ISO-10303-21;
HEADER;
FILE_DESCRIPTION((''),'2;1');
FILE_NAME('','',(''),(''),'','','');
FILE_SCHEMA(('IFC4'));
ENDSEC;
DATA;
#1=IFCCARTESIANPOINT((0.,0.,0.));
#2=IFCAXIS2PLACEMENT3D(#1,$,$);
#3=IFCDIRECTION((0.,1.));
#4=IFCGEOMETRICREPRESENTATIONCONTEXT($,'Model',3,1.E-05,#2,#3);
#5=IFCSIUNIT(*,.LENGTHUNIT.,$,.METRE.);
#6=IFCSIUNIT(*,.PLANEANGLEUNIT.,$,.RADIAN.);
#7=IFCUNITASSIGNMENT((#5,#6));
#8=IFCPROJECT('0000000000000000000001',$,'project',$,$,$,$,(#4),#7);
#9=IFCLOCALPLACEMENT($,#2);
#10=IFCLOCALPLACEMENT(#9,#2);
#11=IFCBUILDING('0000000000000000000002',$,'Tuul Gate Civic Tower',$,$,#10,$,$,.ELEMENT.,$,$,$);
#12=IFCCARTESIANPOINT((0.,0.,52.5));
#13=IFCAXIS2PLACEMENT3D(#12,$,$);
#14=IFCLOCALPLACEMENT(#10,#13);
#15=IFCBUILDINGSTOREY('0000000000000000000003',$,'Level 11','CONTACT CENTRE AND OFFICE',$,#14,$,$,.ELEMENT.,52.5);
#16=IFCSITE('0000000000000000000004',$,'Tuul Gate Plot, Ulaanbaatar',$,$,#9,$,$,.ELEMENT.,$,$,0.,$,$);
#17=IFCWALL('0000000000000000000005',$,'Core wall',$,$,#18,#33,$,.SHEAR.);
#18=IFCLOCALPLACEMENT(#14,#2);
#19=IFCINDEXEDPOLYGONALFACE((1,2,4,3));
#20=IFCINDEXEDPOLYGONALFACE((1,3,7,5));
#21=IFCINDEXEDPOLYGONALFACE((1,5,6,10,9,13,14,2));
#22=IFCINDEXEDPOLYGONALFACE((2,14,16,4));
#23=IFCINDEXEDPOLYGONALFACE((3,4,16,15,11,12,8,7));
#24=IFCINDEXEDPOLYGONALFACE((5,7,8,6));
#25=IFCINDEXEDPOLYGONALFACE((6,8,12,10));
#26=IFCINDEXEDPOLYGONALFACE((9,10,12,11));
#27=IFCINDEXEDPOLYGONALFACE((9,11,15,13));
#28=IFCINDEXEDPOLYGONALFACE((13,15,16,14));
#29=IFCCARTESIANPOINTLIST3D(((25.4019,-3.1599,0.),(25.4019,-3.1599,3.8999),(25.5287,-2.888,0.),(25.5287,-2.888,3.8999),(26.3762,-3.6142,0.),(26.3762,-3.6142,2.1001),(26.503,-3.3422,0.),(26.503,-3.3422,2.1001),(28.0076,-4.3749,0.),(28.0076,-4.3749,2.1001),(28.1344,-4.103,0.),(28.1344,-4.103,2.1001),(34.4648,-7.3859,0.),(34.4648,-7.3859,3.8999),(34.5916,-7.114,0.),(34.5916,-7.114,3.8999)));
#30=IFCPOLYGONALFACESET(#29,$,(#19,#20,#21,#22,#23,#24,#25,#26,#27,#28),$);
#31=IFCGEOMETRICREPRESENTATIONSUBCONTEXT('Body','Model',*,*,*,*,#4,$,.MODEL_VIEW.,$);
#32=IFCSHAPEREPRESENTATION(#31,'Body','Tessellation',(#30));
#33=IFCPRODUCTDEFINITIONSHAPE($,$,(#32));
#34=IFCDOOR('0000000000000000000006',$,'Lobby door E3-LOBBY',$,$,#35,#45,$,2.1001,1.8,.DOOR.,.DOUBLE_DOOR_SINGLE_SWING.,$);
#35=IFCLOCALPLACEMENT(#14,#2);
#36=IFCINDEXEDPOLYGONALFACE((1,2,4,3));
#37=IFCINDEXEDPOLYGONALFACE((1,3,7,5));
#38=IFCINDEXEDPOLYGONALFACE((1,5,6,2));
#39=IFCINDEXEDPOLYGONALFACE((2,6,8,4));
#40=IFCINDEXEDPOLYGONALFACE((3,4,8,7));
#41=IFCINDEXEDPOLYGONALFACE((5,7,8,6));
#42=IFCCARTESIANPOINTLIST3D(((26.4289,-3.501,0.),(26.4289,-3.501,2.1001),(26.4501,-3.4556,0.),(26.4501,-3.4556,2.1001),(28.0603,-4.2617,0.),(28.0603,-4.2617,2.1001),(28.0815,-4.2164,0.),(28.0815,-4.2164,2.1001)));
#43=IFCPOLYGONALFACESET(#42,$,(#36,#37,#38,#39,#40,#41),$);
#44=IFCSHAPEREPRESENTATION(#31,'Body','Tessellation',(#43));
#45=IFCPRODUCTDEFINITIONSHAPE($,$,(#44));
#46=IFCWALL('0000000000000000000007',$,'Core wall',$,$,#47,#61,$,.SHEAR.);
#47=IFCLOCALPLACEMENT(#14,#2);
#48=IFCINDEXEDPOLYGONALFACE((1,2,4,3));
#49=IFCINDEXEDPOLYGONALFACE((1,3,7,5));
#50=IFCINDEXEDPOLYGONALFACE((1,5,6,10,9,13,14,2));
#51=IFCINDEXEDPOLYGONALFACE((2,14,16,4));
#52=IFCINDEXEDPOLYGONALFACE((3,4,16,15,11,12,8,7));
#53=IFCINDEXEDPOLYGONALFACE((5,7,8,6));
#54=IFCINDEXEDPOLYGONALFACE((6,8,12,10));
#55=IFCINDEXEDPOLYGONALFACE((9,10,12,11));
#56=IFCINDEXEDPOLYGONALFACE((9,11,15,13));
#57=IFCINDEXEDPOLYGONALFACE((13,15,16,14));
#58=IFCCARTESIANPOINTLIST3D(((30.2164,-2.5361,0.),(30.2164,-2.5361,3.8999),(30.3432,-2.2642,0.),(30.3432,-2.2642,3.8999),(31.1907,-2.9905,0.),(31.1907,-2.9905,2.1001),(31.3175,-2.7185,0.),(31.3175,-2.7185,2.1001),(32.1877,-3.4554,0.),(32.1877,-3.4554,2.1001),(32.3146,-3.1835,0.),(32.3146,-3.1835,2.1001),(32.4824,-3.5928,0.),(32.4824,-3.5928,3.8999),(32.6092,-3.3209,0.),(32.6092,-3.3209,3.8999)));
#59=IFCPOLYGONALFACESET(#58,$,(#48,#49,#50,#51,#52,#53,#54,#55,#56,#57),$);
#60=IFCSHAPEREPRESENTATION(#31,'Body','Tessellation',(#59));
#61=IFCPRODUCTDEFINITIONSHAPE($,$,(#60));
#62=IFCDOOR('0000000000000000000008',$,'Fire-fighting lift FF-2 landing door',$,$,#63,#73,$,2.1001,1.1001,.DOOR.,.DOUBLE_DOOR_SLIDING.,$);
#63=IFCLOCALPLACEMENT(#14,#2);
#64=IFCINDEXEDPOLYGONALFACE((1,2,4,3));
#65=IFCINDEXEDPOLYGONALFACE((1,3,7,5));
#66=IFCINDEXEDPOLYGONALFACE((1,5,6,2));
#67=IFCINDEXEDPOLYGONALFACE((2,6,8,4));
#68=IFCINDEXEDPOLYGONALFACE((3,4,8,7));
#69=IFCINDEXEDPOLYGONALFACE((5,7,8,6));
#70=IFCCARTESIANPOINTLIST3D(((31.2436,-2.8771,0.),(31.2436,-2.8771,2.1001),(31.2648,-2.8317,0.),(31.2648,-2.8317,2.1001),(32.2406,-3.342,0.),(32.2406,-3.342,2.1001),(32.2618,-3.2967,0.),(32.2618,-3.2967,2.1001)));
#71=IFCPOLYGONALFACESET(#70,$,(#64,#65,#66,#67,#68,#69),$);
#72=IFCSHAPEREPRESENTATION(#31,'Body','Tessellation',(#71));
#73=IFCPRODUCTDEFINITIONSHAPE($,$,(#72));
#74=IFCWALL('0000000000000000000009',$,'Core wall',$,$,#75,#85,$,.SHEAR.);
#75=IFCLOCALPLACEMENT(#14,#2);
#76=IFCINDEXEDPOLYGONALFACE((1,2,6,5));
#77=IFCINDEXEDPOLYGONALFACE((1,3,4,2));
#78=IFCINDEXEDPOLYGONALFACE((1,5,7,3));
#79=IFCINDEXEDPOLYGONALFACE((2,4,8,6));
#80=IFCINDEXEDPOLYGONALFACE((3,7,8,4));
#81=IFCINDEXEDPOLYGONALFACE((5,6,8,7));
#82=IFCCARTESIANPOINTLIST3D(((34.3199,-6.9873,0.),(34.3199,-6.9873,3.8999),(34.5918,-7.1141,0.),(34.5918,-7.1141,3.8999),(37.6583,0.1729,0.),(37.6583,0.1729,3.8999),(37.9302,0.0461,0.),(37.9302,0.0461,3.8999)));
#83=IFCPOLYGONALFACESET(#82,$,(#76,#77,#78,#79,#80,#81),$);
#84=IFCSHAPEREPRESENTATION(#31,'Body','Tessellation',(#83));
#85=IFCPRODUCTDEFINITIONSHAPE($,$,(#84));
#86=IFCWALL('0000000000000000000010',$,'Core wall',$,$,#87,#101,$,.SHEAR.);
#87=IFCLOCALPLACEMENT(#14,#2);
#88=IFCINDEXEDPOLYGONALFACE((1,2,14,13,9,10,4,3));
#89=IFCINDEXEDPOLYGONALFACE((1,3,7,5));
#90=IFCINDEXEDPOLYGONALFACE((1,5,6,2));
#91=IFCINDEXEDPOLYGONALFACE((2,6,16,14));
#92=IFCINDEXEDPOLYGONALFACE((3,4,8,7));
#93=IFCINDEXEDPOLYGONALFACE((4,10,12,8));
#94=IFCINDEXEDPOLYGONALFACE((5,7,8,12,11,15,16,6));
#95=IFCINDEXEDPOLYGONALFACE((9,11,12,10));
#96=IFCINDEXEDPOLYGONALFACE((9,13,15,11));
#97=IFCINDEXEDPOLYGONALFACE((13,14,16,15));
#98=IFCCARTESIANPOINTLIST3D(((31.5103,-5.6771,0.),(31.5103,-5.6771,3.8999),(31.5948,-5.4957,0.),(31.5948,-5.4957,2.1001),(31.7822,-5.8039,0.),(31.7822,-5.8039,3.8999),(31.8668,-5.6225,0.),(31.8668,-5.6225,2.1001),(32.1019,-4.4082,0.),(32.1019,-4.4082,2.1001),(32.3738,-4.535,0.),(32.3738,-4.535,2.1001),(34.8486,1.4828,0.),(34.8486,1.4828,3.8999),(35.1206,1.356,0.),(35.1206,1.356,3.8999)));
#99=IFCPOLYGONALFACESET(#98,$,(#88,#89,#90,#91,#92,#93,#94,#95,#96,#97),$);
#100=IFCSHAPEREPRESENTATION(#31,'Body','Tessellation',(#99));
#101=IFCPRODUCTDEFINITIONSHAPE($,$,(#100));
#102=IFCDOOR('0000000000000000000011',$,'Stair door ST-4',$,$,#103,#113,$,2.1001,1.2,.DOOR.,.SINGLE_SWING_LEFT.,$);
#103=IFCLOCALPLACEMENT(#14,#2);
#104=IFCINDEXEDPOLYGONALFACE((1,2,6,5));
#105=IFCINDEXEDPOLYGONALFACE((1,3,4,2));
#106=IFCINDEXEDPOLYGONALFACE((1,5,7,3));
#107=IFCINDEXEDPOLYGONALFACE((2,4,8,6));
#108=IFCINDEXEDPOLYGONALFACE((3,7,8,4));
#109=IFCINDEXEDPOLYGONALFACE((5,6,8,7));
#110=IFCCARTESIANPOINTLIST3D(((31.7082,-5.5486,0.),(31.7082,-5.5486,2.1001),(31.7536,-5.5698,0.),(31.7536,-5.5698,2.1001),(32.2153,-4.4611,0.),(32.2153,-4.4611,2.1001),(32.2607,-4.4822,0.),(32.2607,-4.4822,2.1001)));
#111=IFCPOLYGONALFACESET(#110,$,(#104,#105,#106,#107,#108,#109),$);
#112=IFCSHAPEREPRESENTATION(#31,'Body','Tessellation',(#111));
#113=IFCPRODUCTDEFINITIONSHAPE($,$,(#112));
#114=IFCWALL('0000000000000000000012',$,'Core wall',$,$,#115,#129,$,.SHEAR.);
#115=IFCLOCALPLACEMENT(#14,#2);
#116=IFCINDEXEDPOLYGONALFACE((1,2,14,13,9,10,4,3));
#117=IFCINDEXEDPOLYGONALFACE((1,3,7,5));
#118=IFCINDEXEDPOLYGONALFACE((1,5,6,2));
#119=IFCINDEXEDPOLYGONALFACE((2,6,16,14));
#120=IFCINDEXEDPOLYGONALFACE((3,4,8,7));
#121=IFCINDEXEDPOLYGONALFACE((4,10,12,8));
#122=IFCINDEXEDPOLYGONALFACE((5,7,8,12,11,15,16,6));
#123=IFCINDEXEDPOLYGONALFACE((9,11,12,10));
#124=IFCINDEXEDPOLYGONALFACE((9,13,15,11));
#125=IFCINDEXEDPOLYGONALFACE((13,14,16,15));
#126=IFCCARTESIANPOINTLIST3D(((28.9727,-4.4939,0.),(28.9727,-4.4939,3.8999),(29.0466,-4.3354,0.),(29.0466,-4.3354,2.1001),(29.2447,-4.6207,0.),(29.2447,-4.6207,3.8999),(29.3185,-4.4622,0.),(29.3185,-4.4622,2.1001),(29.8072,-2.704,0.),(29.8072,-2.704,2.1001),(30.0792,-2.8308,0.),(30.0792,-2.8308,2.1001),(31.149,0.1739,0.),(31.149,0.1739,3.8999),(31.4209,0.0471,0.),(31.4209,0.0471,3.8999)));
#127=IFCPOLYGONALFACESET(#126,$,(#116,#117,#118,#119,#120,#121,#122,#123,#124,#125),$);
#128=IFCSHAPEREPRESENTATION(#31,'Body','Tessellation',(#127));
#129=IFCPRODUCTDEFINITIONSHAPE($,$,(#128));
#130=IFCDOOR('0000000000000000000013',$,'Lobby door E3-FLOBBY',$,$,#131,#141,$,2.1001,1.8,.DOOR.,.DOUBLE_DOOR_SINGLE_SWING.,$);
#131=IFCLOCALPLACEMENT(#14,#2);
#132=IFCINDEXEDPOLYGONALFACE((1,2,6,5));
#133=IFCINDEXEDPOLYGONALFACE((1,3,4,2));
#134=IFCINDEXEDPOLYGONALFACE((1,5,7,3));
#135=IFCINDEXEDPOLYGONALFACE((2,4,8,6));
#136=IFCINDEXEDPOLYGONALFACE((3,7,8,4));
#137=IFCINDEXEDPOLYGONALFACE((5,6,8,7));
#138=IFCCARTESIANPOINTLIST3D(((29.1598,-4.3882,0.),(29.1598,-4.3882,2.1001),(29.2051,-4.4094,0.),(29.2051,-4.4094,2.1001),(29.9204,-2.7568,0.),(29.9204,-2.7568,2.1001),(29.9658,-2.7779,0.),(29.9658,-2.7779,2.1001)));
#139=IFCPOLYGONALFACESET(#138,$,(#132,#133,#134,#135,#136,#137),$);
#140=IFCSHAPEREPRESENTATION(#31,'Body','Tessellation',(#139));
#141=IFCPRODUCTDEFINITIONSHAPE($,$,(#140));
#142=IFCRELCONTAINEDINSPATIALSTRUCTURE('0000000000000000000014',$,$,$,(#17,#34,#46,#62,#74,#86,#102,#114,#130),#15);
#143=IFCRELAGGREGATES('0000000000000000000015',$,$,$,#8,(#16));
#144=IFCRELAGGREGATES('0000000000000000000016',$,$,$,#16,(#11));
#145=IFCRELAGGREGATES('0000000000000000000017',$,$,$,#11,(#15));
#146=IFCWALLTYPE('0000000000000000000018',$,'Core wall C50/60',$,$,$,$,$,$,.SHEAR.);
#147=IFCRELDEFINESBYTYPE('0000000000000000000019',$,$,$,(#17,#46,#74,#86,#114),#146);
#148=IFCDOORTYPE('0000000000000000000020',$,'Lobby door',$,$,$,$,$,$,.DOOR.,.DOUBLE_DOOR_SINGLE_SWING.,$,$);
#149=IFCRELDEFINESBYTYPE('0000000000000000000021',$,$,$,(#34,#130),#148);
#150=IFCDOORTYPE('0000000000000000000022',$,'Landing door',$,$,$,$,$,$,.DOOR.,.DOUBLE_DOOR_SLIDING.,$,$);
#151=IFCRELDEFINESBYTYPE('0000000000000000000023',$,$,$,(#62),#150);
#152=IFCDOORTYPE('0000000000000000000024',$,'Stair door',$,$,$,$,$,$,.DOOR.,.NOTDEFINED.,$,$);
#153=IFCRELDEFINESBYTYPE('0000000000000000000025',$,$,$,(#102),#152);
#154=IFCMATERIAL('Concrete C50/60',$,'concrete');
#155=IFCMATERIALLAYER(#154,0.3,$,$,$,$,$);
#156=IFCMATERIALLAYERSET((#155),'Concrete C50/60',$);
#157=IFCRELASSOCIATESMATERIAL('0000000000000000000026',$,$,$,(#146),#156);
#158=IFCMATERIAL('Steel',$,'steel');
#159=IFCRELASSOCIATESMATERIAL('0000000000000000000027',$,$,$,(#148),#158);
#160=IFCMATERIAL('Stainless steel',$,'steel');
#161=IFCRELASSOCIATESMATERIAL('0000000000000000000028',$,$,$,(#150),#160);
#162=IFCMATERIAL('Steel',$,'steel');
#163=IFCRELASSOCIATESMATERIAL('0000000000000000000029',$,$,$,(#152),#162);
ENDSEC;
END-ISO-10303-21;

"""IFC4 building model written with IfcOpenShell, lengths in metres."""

from ifc_helpers import new_model, si_unit, direction, frame, frame_2d, origin, place, context, subcontext, project, spatial, rectangle, extrude, material, layer, layer_set, type_object, element, fill, save


model = new_model("IFC4")

# Units and contexts
model_context = context("Model", 3, precision=1e-05, world=origin(), true_north=direction((0.0, 1.0)))
body_context = subcontext(model_context, "Body", "Model", "MODEL_VIEW")
ifc_project = project(units=[si_unit("LENGTHUNIT", "METRE"), si_unit("PLANEANGLEUNIT", "RADIAN")], contexts=[model_context])

# Site, building, storey
site_placement = place(None, origin())
site = spatial("IfcSite", under=ifc_project, at=site_placement, Name="Tuul Gate Plot, Ulaanbaatar", CompositionType="ELEMENT", RefElevation=0.0)
building_placement = place(site_placement, origin())
building = spatial("IfcBuilding", under=site, at=building_placement, Name="Tuul Gate Civic Tower", CompositionType="ELEMENT")
storey_placement = place(building_placement, frame((0.0, 0.0, 52.5)))
storey = spatial("IfcBuildingStorey", under=building, at=storey_placement, Name="Level 11", Description="CONTACT CENTRE AND OFFICE", CompositionType="ELEMENT", Elevation=52.5)

# Walls, openings, doors
ifc_material_1 = material(Name="Concrete C50/60", Category="concrete")
ifc_layer_1 = layer(ifc_material_1, 0.3)
ifc_layer_set_1 = layer_set([ifc_layer_1], Name="Concrete C50/60")
wall_type_1 = type_object("IfcWallType", Name="Core wall C50/60", PredefinedType="SHEAR", material=ifc_layer_set_1)
wall_1_placement = place(storey_placement, frame((34.5283, -7.25, 0.0), z_axis=(0.0, 0.0, 1.0), x_axis=(-0.90631, 0.422613, 0.0)))
wall_1 = element("IfcWall", 1, at=wall_1_placement, inside=storey, type_object=wall_type_1, Name="Core wall", PredefinedType="SHEAR", context=body_context, shape_type="SweptSolid", body=[
    extrude(rectangle(XDim=9.9998, YDim=0.3, at=frame_2d((5.0, 0.0))), origin(), (0.0, 0.0, 1.0), 3.8999),
])
opening_1_placement = place(wall_1_placement, frame((7.125, 0.0, 0.0)))
opening_1 = element("IfcOpeningElement", 2, at=opening_1_placement, cuts=wall_1, PredefinedType="OPENING", context=body_context, shape_type="SweptSolid", body=[
    extrude(rectangle(XDim=1.8, YDim=2.1001, at=frame_2d((0.8999, 1.05))), frame((0.0, 0.1602, 0.0), z_axis=(0.0, -1.0, 0.0), x_axis=(1.0, 0.0, 0.0)), (0.0, 0.0, 1.0), 0.3201),
])
ifc_material_2 = material(Name="Steel", Category="steel")
door_type_1 = type_object("IfcDoorType", Name="Lobby door", OperationType="DOUBLE_DOOR_SINGLE_SWING", PredefinedType="DOOR", material=ifc_material_2)
door_1_placement = place(opening_1_placement, frame((1.8, 0.0, 0.0), z_axis=(0.0, 0.0, 1.0), x_axis=(-1.0, 0.0, 0.0)))
door_1 = element("IfcDoor", 3, at=door_1_placement, inside=storey, type_object=door_type_1, Name="Lobby door E3-LOBBY", OperationType="DOUBLE_DOOR_SINGLE_SWING", OverallHeight=2.1001, OverallWidth=1.8, PredefinedType="DOOR", context=body_context, shape_type="SweptSolid", body=[
    extrude(rectangle(XDim=1.8, YDim=2.1001, at=frame_2d((0.9001, 1.05))), frame((0.0, 0.0249, 0.0), z_axis=(0.0, -1.0, 0.0), x_axis=(1.0, 0.0, 0.0)), (0.0, 0.0, 1.0), 0.05),
])
fill(opening_1, door_1)
wall_2_placement = place(storey_placement, frame((32.5457, -3.4568, 0.0), z_axis=(0.0, 0.0, 1.0), x_axis=(-0.9063, 0.422634, 0.0)))
wall_2 = element("IfcWall", 4, at=wall_2_placement, inside=storey, type_object=wall_type_1, Name="Core wall", PredefinedType="SHEAR", context=body_context, shape_type="SweptSolid", body=[
    extrude(rectangle(XDim=2.5002, YDim=0.3, at=frame_2d((1.25, 0.0))), origin(), (0.0, 0.0, 1.0), 3.8999),
])
opening_2_placement = place(wall_2_placement, frame((0.325, 0.0, 0.0)))
opening_2 = element("IfcOpeningElement", 5, at=opening_2_placement, cuts=wall_2, PredefinedType="OPENING", context=body_context, shape_type="SweptSolid", body=[
    extrude(rectangle(XDim=1.1001, YDim=2.1001, at=frame_2d((0.55, 1.05))), frame((0.0, 0.1602, 0.0), z_axis=(0.0, -1.0, 0.0), x_axis=(1.0, 0.0, 0.0)), (0.0, 0.0, 1.0), 0.3201),
])
ifc_material_3 = material(Name="Stainless steel", Category="steel")
door_type_2 = type_object("IfcDoorType", Name="Landing door", OperationType="DOUBLE_DOOR_SLIDING", PredefinedType="DOOR", material=ifc_material_3)
door_2_placement = place(opening_2_placement, origin())
door_2 = element("IfcDoor", 6, at=door_2_placement, inside=storey, type_object=door_type_2, Name="Fire-fighting lift FF-2 landing door", OperationType="DOUBLE_DOOR_SLIDING", OverallHeight=2.1001, OverallWidth=1.1001, PredefinedType="DOOR", context=body_context, shape_type="SweptSolid", body=[
    extrude(rectangle(XDim=1.1001, YDim=2.1001, at=frame_2d((0.55, 1.05))), frame((0.0, 0.0249, 0.0), z_axis=(0.0, -1.0, 0.0), x_axis=(1.0, 0.0, 0.0)), (0.0, 0.0, 1.0), 0.05),
])
fill(opening_2, door_2)

# Wall
wall_3_placement = place(storey_placement, frame((34.4558, -7.0508, 0.0), z_axis=(0.0, 0.0, 1.0), x_axis=(0.422571, 0.90633, 0.0)))
element("IfcWall", 7, at=wall_3_placement, inside=storey, type_object=wall_type_1, Name="Core wall", PredefinedType="SHEAR", context=body_context, shape_type="SweptSolid", body=[
    extrude(rectangle(XDim=7.9001, YDim=0.3, at=frame_2d((3.9502, 0.0))), origin(), (0.0, 0.0, 1.0), 3.8999),
])

# Walls, openings, doors
wall_4_placement = place(storey_placement, frame((31.6462, -5.7405, 0.0), z_axis=(0.0, 0.0, 1.0), x_axis=(0.422583, 0.906324, 0.0)))
wall_4 = element("IfcWall", 8, at=wall_4_placement, inside=storey, type_object=wall_type_1, Name="Core wall", PredefinedType="SHEAR", context=body_context, shape_type="SweptSolid", body=[
    extrude(rectangle(XDim=7.8999, YDim=0.3, at=frame_2d((3.95, 0.0))), origin(), (0.0, 0.0, 1.0), 3.8999),
])
opening_3_placement = place(wall_4_placement, frame((0.2, 0.0, 0.0)))
opening_3 = element("IfcOpeningElement", 9, at=opening_3_placement, cuts=wall_4, PredefinedType="OPENING", context=body_context, shape_type="SweptSolid", body=[
    extrude(rectangle(XDim=1.2, YDim=2.1001, at=frame_2d((0.6001, 1.05))), frame((0.0, 0.1602, 0.0), z_axis=(0.0, -1.0, 0.0), x_axis=(1.0, 0.0, 0.0)), (0.0, 0.0, 1.0), 0.3201),
])
ifc_material_4 = material(Name="Steel", Category="steel")
door_type_3 = type_object("IfcDoorType", Name="Stair door", OperationType="NOTDEFINED", PredefinedType="DOOR", material=ifc_material_4)
door_3_placement = place(opening_3_placement, origin())
door_3 = element("IfcDoor", 10, at=door_3_placement, inside=storey, type_object=door_type_3, Name="Stair door ST-4", OperationType="SINGLE_SWING_LEFT", OverallHeight=2.1001, OverallWidth=1.2, PredefinedType="DOOR", context=body_context, shape_type="SweptSolid", body=[
    extrude(rectangle(XDim=1.2, YDim=2.1001, at=frame_2d((0.6001, 1.05))), frame((0.0, 0.0249, 0.0), z_axis=(0.0, -1.0, 0.0), x_axis=(1.0, 0.0, 0.0)), (0.0, 0.0, 1.0), 0.05),
])
fill(opening_3, door_3)
wall_5_placement = place(storey_placement, frame((29.1086, -4.5574, 0.0), z_axis=(0.0, 0.0, 1.0), x_axis=(0.422566, 0.906332, 0.0)))
wall_5 = element("IfcWall", 11, at=wall_5_placement, inside=storey, type_object=wall_type_1, Name="Core wall", PredefinedType="SHEAR", context=body_context, shape_type="SweptSolid", body=[
    extrude(rectangle(XDim=5.1501, YDim=0.3, at=frame_2d((2.5752, 0.0))), origin(), (0.0, 0.0, 1.0), 3.8999),
])
opening_4_placement = place(wall_5_placement, frame((0.175, 0.0, 0.0)))
opening_4 = element("IfcOpeningElement", 12, at=opening_4_placement, cuts=wall_5, PredefinedType="OPENING", context=body_context, shape_type="SweptSolid", body=[
    extrude(rectangle(XDim=1.8, YDim=2.1001, at=frame_2d((0.8999, 1.05))), frame((0.0, 0.1602, 0.0), z_axis=(0.0, -1.0, 0.0), x_axis=(1.0, 0.0, 0.0)), (0.0, 0.0, 1.0), 0.3201),
])
door_4_placement = place(opening_4_placement, frame((1.8, 0.0, 0.0), z_axis=(0.0, 0.0, 1.0), x_axis=(-1.0, 0.0, 0.0)))
door_4 = element("IfcDoor", 13, at=door_4_placement, inside=storey, type_object=door_type_1, Name="Lobby door E3-FLOBBY", OperationType="DOUBLE_DOOR_SINGLE_SWING", OverallHeight=2.1001, OverallWidth=1.8, PredefinedType="DOOR", context=body_context, shape_type="SweptSolid", body=[
    extrude(rectangle(XDim=1.8, YDim=2.1001, at=frame_2d((0.9001, 1.05))), frame((0.0, 0.0249, 0.0), z_axis=(0.0, -1.0, 0.0), x_axis=(1.0, 0.0, 0.0)), (0.0, 0.0, 1.0), 0.05),
])
fill(opening_4, door_4)

save(model, "model.ifc")
